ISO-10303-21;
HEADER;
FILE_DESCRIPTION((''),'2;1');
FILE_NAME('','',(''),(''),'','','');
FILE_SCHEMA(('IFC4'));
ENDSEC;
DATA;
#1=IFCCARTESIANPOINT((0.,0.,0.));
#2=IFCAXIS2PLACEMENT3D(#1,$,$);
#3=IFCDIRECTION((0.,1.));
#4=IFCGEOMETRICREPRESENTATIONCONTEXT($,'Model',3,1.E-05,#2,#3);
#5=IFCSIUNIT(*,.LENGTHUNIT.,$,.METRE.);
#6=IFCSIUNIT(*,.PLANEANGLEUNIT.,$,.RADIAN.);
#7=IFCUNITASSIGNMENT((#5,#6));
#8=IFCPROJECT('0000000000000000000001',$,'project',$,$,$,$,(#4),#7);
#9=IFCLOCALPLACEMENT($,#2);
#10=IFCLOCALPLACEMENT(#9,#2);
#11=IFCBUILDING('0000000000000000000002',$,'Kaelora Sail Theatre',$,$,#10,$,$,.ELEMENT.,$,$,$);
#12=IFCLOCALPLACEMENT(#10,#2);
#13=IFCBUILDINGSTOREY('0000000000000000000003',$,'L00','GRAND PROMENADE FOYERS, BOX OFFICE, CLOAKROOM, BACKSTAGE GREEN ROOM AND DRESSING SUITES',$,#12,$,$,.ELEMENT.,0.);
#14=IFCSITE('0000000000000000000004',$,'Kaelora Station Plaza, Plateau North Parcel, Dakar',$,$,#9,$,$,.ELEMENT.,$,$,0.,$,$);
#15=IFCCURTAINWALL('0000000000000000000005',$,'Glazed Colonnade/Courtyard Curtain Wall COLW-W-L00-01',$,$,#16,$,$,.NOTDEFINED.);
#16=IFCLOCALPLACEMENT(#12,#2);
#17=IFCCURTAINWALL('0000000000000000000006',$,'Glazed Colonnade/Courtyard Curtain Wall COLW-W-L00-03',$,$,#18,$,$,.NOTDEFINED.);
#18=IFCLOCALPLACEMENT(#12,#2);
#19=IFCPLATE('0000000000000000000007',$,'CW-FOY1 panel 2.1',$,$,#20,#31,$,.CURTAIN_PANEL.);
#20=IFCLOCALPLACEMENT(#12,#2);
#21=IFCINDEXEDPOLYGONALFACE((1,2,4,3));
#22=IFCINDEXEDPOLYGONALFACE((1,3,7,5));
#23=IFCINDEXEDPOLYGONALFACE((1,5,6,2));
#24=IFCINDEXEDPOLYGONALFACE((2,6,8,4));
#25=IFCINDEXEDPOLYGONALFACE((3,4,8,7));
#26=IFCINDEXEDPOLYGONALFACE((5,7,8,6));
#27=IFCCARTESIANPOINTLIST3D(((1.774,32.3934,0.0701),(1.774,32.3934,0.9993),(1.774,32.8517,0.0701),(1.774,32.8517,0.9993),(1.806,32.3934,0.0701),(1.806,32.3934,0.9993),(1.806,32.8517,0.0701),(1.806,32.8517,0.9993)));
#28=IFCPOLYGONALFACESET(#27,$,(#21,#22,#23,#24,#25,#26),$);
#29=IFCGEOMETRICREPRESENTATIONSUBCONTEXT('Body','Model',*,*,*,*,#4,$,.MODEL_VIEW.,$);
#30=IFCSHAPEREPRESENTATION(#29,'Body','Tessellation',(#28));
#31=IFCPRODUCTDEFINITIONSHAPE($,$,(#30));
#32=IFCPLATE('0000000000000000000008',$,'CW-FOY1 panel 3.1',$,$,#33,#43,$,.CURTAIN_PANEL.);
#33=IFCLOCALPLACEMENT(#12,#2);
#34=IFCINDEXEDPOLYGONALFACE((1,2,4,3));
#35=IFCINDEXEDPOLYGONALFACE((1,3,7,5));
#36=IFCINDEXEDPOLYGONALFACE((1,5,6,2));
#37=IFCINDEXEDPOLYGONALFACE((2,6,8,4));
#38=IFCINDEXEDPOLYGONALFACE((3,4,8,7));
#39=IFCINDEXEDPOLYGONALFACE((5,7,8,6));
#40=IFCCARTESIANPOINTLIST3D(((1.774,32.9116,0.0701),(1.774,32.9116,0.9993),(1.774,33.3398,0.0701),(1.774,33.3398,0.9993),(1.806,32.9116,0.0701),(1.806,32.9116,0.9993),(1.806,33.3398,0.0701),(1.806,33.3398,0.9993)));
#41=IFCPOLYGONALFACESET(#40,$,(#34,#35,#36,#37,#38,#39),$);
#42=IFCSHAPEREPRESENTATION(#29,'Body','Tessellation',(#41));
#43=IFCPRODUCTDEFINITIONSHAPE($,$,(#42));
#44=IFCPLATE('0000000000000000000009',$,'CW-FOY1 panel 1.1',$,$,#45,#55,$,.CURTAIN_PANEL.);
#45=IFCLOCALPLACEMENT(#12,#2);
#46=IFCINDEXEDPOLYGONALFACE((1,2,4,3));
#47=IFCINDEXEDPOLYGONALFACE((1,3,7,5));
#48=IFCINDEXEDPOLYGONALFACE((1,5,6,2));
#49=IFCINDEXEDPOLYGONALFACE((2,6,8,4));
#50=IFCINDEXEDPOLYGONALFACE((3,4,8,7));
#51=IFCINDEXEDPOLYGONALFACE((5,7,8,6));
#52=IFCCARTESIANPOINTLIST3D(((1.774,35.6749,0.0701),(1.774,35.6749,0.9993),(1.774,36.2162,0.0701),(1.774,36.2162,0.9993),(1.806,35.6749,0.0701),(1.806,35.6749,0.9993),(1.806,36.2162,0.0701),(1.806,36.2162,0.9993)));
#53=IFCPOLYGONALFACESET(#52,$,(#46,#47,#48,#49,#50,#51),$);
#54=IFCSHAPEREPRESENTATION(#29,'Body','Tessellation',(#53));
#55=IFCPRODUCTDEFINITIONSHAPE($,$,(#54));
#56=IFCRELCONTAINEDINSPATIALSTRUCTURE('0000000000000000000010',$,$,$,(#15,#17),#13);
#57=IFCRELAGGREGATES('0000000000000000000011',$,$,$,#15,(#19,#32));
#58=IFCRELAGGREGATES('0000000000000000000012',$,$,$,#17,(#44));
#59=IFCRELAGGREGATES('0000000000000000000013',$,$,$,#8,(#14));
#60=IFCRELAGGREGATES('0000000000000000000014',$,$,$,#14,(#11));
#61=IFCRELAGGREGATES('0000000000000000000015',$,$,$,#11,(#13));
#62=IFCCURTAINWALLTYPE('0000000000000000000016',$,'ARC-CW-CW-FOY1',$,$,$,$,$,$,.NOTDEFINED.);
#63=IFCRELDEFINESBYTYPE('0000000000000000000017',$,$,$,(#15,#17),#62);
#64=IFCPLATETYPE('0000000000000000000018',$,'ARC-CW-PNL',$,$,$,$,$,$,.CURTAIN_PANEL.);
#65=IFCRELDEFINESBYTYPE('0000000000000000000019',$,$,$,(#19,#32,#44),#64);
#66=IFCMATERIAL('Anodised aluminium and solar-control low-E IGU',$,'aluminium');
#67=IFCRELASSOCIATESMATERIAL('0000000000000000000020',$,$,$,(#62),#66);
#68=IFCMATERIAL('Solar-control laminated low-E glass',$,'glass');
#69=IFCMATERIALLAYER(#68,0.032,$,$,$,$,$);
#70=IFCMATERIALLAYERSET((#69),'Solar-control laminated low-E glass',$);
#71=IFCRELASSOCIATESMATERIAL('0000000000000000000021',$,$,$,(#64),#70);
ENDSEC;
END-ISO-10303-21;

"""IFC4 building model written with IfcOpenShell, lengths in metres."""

from ifc_helpers import new_model, si_unit, direction, frame, origin, origin_2d, place, context, subcontext, project, spatial, rectangle, extrude, material, layer, layer_set, type_object, element, aggregate, save


model = new_model("IFC4")

# Units and contexts
model_context = context("Model", 3, precision=1e-05, world=origin(), true_north=direction((0.0, 1.0)))
body_context = subcontext(model_context, "Body", "Model", "MODEL_VIEW")
ifc_project = project(units=[si_unit("LENGTHUNIT", "METRE"), si_unit("PLANEANGLEUNIT", "RADIAN")], contexts=[model_context])

# Site, building, storey
site_placement = place(None, origin())
site = spatial("IfcSite", under=ifc_project, at=site_placement, Name="Kaelora Station Plaza, Plateau North Parcel, Dakar", CompositionType="ELEMENT", RefElevation=0.0)
building_placement = place(site_placement, origin())
building = spatial("IfcBuilding", under=site, at=building_placement, Name="Kaelora Sail Theatre", CompositionType="ELEMENT")
storey_placement = place(building_placement, origin())
storey = spatial("IfcBuildingStorey", under=building, at=storey_placement, Name="L00", Description="GRAND PROMENADE FOYERS, BOX OFFICE, CLOAKROOM, BACKSTAGE GREEN ROOM AND DRESSING SUITES", CompositionType="ELEMENT", Elevation=0.0)

# Curtain wall
ifc_material_1 = material(Name="Anodised aluminium and solar-control low-E IGU", Category="aluminium")
curtain_wall_type = type_object("IfcCurtainWallType", Name="ARC-CW-CW-FOY1", PredefinedType="NOTDEFINED", material=ifc_material_1)
curtain_wall_1_placement = place(storey_placement, origin())
curtain_wall_1 = element("IfcCurtainWall", 1, at=curtain_wall_1_placement, inside=storey, type_object=curtain_wall_type, Name="Glazed Colonnade/Courtyard Curtain Wall COLW-W-L00-01", PredefinedType="NOTDEFINED")

# Curtain wall
curtain_wall_2_placement = place(storey_placement, origin())
curtain_wall_2 = element("IfcCurtainWall", 2, at=curtain_wall_2_placement, inside=storey, type_object=curtain_wall_type, Name="Glazed Colonnade/Courtyard Curtain Wall COLW-W-L00-03", PredefinedType="NOTDEFINED")

# Plates
ifc_material_2 = material(Name="Solar-control laminated low-E glass", Category="glass")
ifc_layer = layer(ifc_material_2, 0.032)
ifc_layer_set = layer_set([ifc_layer], Name="Solar-control laminated low-E glass")
plate_type = type_object("IfcPlateType", Name="ARC-CW-PNL", PredefinedType="CURTAIN_PANEL", material=ifc_layer_set)
plate_1_placement = place(storey_placement, frame((1.79, 32.6226, 0.0701), z_axis=(0.0, 0.0, 1.0), x_axis=(0.0, 1.0, 0.0)))
plate_1 = element("IfcPlate", 3, at=plate_1_placement, type_object=plate_type, Name="CW-FOY1 panel 2.1", PredefinedType="CURTAIN_PANEL", context=body_context, shape_type="SweptSolid", body=[
    extrude(rectangle(XDim=0.4583, YDim=0.032, at=origin_2d()), origin(), (0.0, 0.0, 1.0), 0.9292),
])
plate_2_placement = place(storey_placement, frame((1.79, 33.1257, 0.0701), z_axis=(0.0, 0.0, 1.0), x_axis=(0.0, 1.0, 0.0)))
plate_2 = element("IfcPlate", 4, at=plate_2_placement, type_object=plate_type, Name="CW-FOY1 panel 3.1", PredefinedType="CURTAIN_PANEL", context=body_context, shape_type="SweptSolid", body=[
    extrude(rectangle(XDim=0.4282, YDim=0.032, at=origin_2d()), origin(), (0.0, 0.0, 1.0), 0.9292),
])
aggregate(curtain_wall_1, [plate_1, plate_2])
plate_3_placement = place(storey_placement, frame((1.79, 35.9456, 0.0701), z_axis=(0.0, 0.0, 1.0), x_axis=(0.0, 1.0, 0.0)))
plate_3 = element("IfcPlate", 5, at=plate_3_placement, type_object=plate_type, Name="CW-FOY1 panel 1.1", PredefinedType="CURTAIN_PANEL", context=body_context, shape_type="SweptSolid", body=[
    extrude(rectangle(XDim=0.5413, YDim=0.032, at=origin_2d()), origin(), (0.0, 0.0, 1.0), 0.9292),
])
aggregate(curtain_wall_2, [plate_3])

save(model, "model.ifc")
